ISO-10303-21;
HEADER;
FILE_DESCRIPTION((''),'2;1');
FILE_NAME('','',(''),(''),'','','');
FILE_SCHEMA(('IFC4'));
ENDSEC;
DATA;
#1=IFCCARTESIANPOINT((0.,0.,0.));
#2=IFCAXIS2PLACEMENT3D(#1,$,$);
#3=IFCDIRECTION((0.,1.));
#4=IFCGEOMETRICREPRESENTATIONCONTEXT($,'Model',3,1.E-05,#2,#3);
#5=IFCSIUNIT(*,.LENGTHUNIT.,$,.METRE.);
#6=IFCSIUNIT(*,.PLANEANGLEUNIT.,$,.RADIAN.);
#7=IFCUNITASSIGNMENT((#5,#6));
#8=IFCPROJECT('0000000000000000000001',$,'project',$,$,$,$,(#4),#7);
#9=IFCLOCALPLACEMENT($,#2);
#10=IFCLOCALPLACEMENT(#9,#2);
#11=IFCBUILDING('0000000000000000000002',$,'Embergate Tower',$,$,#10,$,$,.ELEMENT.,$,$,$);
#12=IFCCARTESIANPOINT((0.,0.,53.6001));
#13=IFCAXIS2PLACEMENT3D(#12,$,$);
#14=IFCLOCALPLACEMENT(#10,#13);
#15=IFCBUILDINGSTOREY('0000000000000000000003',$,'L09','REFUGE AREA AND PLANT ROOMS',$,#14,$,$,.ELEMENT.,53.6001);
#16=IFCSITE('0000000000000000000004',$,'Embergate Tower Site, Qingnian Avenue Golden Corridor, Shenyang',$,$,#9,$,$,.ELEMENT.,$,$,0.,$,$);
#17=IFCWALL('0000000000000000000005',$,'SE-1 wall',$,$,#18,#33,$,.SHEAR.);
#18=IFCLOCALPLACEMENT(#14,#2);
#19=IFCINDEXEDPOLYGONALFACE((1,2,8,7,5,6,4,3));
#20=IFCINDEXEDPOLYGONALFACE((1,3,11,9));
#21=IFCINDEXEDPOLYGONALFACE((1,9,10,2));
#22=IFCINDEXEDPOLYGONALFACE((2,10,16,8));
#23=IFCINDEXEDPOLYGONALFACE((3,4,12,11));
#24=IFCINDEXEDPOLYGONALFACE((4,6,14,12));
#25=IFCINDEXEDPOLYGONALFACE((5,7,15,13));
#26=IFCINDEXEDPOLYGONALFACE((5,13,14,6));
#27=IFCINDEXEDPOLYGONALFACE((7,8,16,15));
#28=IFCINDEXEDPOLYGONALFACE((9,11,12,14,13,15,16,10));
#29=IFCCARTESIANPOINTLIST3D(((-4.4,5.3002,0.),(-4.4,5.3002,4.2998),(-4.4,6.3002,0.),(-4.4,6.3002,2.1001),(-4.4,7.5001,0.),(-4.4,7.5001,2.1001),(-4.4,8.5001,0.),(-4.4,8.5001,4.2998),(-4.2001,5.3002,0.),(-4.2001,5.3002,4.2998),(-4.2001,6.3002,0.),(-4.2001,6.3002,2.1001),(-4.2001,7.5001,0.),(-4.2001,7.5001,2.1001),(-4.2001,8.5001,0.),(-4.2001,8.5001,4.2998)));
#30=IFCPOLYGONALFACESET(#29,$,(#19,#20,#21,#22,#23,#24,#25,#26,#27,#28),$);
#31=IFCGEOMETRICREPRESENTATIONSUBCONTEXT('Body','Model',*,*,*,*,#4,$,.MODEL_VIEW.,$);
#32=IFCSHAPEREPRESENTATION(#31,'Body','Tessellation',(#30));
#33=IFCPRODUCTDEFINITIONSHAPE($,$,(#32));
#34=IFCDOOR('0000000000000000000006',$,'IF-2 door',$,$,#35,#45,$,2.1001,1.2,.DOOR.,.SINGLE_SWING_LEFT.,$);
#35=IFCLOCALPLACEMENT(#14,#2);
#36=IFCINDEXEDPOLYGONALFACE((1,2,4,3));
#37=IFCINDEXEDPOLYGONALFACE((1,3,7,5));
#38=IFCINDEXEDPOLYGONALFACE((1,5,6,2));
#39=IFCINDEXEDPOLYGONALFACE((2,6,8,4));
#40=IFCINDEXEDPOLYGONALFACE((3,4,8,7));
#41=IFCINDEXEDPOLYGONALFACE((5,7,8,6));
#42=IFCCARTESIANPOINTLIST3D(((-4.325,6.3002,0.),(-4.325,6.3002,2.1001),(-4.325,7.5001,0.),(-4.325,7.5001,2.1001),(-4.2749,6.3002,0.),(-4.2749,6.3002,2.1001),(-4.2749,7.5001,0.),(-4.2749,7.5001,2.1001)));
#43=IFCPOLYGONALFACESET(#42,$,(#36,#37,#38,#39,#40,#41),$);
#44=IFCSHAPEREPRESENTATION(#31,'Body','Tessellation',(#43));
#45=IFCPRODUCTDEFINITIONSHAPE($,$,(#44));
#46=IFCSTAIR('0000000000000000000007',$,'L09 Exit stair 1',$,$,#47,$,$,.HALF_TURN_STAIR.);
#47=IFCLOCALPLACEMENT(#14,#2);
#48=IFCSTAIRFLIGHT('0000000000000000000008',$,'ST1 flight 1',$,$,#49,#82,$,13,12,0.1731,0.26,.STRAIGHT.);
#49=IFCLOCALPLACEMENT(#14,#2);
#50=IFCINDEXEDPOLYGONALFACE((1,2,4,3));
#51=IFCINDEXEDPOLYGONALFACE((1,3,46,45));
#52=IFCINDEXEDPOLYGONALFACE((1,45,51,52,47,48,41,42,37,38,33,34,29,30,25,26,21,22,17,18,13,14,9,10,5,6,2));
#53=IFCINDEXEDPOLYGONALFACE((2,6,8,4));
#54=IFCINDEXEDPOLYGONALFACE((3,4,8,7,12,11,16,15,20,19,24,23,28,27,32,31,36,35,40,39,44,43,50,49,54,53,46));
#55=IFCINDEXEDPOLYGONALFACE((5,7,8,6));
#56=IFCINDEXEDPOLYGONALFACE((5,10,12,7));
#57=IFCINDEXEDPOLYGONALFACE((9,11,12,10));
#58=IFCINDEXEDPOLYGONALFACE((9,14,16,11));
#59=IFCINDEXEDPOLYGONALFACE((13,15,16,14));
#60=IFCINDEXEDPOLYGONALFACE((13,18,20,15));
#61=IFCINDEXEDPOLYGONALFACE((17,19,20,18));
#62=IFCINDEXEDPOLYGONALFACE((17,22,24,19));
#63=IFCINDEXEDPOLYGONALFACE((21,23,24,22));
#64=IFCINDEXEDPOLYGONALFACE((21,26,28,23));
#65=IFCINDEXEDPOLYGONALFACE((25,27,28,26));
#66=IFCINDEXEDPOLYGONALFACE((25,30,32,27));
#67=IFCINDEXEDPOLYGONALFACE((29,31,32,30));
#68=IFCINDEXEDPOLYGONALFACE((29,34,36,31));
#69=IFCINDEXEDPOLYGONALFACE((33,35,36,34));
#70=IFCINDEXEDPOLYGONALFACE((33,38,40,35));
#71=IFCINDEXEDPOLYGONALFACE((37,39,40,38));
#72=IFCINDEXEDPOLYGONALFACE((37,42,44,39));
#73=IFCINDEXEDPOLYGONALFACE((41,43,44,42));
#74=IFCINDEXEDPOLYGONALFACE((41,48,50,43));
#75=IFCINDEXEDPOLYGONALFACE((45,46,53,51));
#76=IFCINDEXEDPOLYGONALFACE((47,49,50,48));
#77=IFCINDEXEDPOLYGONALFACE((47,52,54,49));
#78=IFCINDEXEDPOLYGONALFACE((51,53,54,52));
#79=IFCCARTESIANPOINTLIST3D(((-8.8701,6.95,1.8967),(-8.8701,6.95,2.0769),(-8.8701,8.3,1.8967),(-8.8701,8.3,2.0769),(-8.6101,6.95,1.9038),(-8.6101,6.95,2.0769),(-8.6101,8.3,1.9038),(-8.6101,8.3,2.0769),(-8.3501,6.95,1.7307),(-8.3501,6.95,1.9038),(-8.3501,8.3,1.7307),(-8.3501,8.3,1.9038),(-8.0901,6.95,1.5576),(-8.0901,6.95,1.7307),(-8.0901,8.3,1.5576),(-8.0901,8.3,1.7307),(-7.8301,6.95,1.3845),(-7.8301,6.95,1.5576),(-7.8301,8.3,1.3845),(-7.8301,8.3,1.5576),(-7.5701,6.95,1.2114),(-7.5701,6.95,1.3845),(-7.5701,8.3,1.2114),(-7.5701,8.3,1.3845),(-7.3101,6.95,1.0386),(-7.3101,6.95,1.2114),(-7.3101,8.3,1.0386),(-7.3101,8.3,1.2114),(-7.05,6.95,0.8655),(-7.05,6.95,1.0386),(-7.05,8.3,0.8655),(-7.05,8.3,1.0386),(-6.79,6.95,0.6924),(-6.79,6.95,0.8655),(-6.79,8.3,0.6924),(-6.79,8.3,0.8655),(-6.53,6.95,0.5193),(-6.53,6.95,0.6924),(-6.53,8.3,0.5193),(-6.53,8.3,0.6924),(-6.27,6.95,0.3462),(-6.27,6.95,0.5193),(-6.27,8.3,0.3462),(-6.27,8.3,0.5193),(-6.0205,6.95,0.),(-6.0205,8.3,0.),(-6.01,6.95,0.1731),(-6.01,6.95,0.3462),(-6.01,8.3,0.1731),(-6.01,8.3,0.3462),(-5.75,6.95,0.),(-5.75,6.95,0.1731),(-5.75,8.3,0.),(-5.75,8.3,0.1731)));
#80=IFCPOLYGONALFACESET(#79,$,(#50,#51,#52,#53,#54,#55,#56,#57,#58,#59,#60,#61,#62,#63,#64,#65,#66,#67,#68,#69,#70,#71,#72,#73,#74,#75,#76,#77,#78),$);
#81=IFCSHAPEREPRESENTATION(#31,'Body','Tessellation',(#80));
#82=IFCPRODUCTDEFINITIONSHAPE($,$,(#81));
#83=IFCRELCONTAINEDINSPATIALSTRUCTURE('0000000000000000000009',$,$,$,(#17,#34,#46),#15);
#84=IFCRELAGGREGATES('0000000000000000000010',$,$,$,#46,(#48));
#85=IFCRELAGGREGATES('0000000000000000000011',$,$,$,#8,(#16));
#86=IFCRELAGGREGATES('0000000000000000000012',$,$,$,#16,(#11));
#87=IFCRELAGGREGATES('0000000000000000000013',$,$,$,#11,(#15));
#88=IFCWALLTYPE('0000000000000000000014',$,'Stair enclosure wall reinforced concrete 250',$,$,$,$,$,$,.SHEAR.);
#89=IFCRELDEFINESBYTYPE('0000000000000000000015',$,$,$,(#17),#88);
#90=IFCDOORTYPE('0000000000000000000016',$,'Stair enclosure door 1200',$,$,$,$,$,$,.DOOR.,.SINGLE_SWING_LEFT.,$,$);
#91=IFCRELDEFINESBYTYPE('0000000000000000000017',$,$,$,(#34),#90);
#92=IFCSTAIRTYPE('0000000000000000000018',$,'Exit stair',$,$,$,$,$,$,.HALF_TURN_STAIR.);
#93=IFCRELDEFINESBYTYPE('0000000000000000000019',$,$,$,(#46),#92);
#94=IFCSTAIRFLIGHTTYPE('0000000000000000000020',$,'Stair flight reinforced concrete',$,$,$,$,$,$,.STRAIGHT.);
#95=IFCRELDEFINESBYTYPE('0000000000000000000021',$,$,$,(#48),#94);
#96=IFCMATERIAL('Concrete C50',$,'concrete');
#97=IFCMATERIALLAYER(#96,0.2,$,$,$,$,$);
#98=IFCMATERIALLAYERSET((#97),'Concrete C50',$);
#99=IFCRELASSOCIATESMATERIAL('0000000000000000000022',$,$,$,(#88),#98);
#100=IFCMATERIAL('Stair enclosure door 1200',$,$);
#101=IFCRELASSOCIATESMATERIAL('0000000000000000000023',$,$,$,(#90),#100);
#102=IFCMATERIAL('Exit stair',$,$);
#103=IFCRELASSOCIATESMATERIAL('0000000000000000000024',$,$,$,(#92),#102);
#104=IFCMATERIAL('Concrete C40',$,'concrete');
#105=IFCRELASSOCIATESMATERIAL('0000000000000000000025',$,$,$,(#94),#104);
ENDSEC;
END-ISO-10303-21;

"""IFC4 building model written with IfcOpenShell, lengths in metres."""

from ifc_helpers import new_model, si_unit, direction, frame, frame_2d, origin, place, context, subcontext, project, spatial, polyline, rectangle, outline, extrude, source, transform, mapped, material, layer, layer_set, type_object, element, fill, aggregate, save


model = new_model("IFC4")

# Units and contexts
model_context = context("Model", 3, precision=1e-05, world=origin(), true_north=direction((0.0, 1.0)))
body_context = subcontext(model_context, "Body", "Model", "MODEL_VIEW")
ifc_project = project(units=[si_unit("LENGTHUNIT", "METRE"), si_unit("PLANEANGLEUNIT", "RADIAN")], contexts=[model_context])

# Site, building, storey
site_placement = place(None, origin())
site = spatial("IfcSite", under=ifc_project, at=site_placement, Name="Embergate Tower Site, Qingnian Avenue Golden Corridor, Shenyang", CompositionType="ELEMENT", RefElevation=0.0)
building_placement = place(site_placement, origin())
building = spatial("IfcBuilding", under=site, at=building_placement, Name="Embergate Tower", CompositionType="ELEMENT")
storey_placement = place(building_placement, frame((0.0, 0.0, 53.6001)))
storey = spatial("IfcBuildingStorey", under=building, at=storey_placement, Name="L09", Description="REFUGE AREA AND PLANT ROOMS", CompositionType="ELEMENT", Elevation=53.6001)

# Shared definitions
ifc_material_1 = material(Name="Concrete C50", Category="concrete")

# Shared definitions
ifc_layer_1 = layer(ifc_material_1, 0.2)
ifc_layer_set_1 = layer_set([ifc_layer_1], Name="Concrete C50")
wall_type_1 = type_object("IfcWallType", Name="Stair enclosure wall reinforced concrete 250", PredefinedType="SHEAR", material=ifc_layer_set_1)

# Wall, opening, door
shared_shape_1 = source(origin(), body_context, "Body", "SweptSolid", [
    extrude(rectangle(XDim=3.2, YDim=0.2, at=frame_2d((1.6001, 0.0))), origin(), (0.0, 0.0, 1.0), 4.2998),
])
wall_1_placement = place(storey_placement, frame((-4.3, 5.3, 0.0), z_axis=(0.0, 0.0, 1.0), x_axis=(0.0, 1.0, 0.0)))
wall_1 = element("IfcWall", 1, at=wall_1_placement, inside=storey, type_object=wall_type_1, Name="SE-1 wall", PredefinedType="SHEAR", context=body_context, shape_type="MappedRepresentation", body=[
    mapped(shared_shape_1, transform((0.0, 0.0, 0.0))),
])
shared_shape_2 = source(origin(), body_context, "Body", "SweptSolid", [
    extrude(rectangle(XDim=1.2, YDim=2.1001, at=frame_2d((0.6001, 1.05))), frame((0.0, 0.1099, 0.0), z_axis=(0.0, -1.0, 0.0), x_axis=(1.0, 0.0, 0.0)), (0.0, 0.0, 1.0), 0.22),
])
opening_1_placement = place(wall_1_placement, frame((1.0, 0.0, 0.0)))
opening_1 = element("IfcOpeningElement", 2, at=opening_1_placement, cuts=wall_1, PredefinedType="OPENING", context=body_context, shape_type="MappedRepresentation", body=[
    mapped(shared_shape_2, transform((0.0, 0.0, 0.0))),
])
ifc_material_2 = material(Name="Stair enclosure door 1200")
door_type_1 = type_object("IfcDoorType", Name="Stair enclosure door 1200", OperationType="SINGLE_SWING_LEFT", PredefinedType="DOOR", material=ifc_material_2)
shared_shape_3 = source(origin(), body_context, "Body", "SweptSolid", [
    extrude(rectangle(XDim=1.2, YDim=2.1001, at=frame_2d((0.6001, 1.05))), frame((0.0, 0.0249, 0.0), z_axis=(0.0, -1.0, 0.0), x_axis=(1.0, 0.0, 0.0)), (0.0, 0.0, 1.0), 0.05),
])
door_1_placement = place(opening_1_placement, origin())
door_1 = element("IfcDoor", 3, at=door_1_placement, inside=storey, type_object=door_type_1, Name="IF-2 door", OperationType="SINGLE_SWING_LEFT", OverallHeight=2.1001, OverallWidth=1.2, PredefinedType="DOOR", context=body_context, shape_type="MappedRepresentation", body=[
    mapped(shared_shape_3, transform((0.0, 0.0, 0.0))),
])
fill(opening_1, door_1)

# Stair, stair flight
ifc_material_3 = material(Name="Exit stair")
stair_type = type_object("IfcStairType", Name="Exit stair", PredefinedType="HALF_TURN_STAIR", material=ifc_material_3)
stair_placement = place(storey_placement, origin())
stair = element("IfcStair", 4, at=stair_placement, inside=storey, type_object=stair_type, Name="L09 Exit stair 1", PredefinedType="HALF_TURN_STAIR")
ifc_material_4 = material(Name="Concrete C40", Category="concrete")
stair_flight_type = type_object("IfcStairFlightType", Name="Stair flight reinforced concrete", PredefinedType="STRAIGHT", material=ifc_material_4)
shared_shape_4 = source(origin(), body_context, "Body", "SweptSolid", [
    extrude(outline(polyline([(0.0, 0.0), (0.0, 0.1731), (0.26, 0.1731), (0.26, 0.3462), (0.52, 0.3462), (0.52, 0.5193), (0.78, 0.5193), (0.78, 0.6924), (1.04, 0.6924), (1.04, 0.8655), (1.3, 0.8655), (1.3, 1.0386), (1.5601, 1.0386), (1.5601, 1.2114), (1.8201, 1.2114), (1.8201, 1.3845), (2.0801, 1.3845), (2.0801, 1.5576), (2.3401, 1.5576), (2.3401, 1.7307), (2.6001, 1.7307), (2.6001, 1.9038), (2.8601, 1.9038), (2.8601, 2.0769), (3.1201, 2.0769), (3.1201, 2.25), (3.1201, 1.8967), (0.2705, 0.0), (0.0, 0.0)])), frame((0.0, 0.675, 0.0), z_axis=(0.0, -1.0, 0.0), x_axis=(1.0, 0.0, 0.0)), (0.0, 0.0, 1.0), 1.3501),
])
stair_flight_placement = place(storey_placement, frame((-5.75, 7.625, 0.0), z_axis=(0.0, 0.0, 1.0), x_axis=(-1.0, 0.0, 0.0)))
stair_flight = element("IfcStairFlight", 5, at=stair_flight_placement, type_object=stair_flight_type, Name="ST1 flight 1", NumberOfRisers=13, NumberOfTreads=12, PredefinedType="STRAIGHT", RiserHeight=0.1731, TreadLength=0.26, context=body_context, shape_type="MappedRepresentation", body=[
    mapped(shared_shape_4, transform((0.0, 0.0, 0.0))),
])
aggregate(stair, [stair_flight])

save(model, "model.ifc")
